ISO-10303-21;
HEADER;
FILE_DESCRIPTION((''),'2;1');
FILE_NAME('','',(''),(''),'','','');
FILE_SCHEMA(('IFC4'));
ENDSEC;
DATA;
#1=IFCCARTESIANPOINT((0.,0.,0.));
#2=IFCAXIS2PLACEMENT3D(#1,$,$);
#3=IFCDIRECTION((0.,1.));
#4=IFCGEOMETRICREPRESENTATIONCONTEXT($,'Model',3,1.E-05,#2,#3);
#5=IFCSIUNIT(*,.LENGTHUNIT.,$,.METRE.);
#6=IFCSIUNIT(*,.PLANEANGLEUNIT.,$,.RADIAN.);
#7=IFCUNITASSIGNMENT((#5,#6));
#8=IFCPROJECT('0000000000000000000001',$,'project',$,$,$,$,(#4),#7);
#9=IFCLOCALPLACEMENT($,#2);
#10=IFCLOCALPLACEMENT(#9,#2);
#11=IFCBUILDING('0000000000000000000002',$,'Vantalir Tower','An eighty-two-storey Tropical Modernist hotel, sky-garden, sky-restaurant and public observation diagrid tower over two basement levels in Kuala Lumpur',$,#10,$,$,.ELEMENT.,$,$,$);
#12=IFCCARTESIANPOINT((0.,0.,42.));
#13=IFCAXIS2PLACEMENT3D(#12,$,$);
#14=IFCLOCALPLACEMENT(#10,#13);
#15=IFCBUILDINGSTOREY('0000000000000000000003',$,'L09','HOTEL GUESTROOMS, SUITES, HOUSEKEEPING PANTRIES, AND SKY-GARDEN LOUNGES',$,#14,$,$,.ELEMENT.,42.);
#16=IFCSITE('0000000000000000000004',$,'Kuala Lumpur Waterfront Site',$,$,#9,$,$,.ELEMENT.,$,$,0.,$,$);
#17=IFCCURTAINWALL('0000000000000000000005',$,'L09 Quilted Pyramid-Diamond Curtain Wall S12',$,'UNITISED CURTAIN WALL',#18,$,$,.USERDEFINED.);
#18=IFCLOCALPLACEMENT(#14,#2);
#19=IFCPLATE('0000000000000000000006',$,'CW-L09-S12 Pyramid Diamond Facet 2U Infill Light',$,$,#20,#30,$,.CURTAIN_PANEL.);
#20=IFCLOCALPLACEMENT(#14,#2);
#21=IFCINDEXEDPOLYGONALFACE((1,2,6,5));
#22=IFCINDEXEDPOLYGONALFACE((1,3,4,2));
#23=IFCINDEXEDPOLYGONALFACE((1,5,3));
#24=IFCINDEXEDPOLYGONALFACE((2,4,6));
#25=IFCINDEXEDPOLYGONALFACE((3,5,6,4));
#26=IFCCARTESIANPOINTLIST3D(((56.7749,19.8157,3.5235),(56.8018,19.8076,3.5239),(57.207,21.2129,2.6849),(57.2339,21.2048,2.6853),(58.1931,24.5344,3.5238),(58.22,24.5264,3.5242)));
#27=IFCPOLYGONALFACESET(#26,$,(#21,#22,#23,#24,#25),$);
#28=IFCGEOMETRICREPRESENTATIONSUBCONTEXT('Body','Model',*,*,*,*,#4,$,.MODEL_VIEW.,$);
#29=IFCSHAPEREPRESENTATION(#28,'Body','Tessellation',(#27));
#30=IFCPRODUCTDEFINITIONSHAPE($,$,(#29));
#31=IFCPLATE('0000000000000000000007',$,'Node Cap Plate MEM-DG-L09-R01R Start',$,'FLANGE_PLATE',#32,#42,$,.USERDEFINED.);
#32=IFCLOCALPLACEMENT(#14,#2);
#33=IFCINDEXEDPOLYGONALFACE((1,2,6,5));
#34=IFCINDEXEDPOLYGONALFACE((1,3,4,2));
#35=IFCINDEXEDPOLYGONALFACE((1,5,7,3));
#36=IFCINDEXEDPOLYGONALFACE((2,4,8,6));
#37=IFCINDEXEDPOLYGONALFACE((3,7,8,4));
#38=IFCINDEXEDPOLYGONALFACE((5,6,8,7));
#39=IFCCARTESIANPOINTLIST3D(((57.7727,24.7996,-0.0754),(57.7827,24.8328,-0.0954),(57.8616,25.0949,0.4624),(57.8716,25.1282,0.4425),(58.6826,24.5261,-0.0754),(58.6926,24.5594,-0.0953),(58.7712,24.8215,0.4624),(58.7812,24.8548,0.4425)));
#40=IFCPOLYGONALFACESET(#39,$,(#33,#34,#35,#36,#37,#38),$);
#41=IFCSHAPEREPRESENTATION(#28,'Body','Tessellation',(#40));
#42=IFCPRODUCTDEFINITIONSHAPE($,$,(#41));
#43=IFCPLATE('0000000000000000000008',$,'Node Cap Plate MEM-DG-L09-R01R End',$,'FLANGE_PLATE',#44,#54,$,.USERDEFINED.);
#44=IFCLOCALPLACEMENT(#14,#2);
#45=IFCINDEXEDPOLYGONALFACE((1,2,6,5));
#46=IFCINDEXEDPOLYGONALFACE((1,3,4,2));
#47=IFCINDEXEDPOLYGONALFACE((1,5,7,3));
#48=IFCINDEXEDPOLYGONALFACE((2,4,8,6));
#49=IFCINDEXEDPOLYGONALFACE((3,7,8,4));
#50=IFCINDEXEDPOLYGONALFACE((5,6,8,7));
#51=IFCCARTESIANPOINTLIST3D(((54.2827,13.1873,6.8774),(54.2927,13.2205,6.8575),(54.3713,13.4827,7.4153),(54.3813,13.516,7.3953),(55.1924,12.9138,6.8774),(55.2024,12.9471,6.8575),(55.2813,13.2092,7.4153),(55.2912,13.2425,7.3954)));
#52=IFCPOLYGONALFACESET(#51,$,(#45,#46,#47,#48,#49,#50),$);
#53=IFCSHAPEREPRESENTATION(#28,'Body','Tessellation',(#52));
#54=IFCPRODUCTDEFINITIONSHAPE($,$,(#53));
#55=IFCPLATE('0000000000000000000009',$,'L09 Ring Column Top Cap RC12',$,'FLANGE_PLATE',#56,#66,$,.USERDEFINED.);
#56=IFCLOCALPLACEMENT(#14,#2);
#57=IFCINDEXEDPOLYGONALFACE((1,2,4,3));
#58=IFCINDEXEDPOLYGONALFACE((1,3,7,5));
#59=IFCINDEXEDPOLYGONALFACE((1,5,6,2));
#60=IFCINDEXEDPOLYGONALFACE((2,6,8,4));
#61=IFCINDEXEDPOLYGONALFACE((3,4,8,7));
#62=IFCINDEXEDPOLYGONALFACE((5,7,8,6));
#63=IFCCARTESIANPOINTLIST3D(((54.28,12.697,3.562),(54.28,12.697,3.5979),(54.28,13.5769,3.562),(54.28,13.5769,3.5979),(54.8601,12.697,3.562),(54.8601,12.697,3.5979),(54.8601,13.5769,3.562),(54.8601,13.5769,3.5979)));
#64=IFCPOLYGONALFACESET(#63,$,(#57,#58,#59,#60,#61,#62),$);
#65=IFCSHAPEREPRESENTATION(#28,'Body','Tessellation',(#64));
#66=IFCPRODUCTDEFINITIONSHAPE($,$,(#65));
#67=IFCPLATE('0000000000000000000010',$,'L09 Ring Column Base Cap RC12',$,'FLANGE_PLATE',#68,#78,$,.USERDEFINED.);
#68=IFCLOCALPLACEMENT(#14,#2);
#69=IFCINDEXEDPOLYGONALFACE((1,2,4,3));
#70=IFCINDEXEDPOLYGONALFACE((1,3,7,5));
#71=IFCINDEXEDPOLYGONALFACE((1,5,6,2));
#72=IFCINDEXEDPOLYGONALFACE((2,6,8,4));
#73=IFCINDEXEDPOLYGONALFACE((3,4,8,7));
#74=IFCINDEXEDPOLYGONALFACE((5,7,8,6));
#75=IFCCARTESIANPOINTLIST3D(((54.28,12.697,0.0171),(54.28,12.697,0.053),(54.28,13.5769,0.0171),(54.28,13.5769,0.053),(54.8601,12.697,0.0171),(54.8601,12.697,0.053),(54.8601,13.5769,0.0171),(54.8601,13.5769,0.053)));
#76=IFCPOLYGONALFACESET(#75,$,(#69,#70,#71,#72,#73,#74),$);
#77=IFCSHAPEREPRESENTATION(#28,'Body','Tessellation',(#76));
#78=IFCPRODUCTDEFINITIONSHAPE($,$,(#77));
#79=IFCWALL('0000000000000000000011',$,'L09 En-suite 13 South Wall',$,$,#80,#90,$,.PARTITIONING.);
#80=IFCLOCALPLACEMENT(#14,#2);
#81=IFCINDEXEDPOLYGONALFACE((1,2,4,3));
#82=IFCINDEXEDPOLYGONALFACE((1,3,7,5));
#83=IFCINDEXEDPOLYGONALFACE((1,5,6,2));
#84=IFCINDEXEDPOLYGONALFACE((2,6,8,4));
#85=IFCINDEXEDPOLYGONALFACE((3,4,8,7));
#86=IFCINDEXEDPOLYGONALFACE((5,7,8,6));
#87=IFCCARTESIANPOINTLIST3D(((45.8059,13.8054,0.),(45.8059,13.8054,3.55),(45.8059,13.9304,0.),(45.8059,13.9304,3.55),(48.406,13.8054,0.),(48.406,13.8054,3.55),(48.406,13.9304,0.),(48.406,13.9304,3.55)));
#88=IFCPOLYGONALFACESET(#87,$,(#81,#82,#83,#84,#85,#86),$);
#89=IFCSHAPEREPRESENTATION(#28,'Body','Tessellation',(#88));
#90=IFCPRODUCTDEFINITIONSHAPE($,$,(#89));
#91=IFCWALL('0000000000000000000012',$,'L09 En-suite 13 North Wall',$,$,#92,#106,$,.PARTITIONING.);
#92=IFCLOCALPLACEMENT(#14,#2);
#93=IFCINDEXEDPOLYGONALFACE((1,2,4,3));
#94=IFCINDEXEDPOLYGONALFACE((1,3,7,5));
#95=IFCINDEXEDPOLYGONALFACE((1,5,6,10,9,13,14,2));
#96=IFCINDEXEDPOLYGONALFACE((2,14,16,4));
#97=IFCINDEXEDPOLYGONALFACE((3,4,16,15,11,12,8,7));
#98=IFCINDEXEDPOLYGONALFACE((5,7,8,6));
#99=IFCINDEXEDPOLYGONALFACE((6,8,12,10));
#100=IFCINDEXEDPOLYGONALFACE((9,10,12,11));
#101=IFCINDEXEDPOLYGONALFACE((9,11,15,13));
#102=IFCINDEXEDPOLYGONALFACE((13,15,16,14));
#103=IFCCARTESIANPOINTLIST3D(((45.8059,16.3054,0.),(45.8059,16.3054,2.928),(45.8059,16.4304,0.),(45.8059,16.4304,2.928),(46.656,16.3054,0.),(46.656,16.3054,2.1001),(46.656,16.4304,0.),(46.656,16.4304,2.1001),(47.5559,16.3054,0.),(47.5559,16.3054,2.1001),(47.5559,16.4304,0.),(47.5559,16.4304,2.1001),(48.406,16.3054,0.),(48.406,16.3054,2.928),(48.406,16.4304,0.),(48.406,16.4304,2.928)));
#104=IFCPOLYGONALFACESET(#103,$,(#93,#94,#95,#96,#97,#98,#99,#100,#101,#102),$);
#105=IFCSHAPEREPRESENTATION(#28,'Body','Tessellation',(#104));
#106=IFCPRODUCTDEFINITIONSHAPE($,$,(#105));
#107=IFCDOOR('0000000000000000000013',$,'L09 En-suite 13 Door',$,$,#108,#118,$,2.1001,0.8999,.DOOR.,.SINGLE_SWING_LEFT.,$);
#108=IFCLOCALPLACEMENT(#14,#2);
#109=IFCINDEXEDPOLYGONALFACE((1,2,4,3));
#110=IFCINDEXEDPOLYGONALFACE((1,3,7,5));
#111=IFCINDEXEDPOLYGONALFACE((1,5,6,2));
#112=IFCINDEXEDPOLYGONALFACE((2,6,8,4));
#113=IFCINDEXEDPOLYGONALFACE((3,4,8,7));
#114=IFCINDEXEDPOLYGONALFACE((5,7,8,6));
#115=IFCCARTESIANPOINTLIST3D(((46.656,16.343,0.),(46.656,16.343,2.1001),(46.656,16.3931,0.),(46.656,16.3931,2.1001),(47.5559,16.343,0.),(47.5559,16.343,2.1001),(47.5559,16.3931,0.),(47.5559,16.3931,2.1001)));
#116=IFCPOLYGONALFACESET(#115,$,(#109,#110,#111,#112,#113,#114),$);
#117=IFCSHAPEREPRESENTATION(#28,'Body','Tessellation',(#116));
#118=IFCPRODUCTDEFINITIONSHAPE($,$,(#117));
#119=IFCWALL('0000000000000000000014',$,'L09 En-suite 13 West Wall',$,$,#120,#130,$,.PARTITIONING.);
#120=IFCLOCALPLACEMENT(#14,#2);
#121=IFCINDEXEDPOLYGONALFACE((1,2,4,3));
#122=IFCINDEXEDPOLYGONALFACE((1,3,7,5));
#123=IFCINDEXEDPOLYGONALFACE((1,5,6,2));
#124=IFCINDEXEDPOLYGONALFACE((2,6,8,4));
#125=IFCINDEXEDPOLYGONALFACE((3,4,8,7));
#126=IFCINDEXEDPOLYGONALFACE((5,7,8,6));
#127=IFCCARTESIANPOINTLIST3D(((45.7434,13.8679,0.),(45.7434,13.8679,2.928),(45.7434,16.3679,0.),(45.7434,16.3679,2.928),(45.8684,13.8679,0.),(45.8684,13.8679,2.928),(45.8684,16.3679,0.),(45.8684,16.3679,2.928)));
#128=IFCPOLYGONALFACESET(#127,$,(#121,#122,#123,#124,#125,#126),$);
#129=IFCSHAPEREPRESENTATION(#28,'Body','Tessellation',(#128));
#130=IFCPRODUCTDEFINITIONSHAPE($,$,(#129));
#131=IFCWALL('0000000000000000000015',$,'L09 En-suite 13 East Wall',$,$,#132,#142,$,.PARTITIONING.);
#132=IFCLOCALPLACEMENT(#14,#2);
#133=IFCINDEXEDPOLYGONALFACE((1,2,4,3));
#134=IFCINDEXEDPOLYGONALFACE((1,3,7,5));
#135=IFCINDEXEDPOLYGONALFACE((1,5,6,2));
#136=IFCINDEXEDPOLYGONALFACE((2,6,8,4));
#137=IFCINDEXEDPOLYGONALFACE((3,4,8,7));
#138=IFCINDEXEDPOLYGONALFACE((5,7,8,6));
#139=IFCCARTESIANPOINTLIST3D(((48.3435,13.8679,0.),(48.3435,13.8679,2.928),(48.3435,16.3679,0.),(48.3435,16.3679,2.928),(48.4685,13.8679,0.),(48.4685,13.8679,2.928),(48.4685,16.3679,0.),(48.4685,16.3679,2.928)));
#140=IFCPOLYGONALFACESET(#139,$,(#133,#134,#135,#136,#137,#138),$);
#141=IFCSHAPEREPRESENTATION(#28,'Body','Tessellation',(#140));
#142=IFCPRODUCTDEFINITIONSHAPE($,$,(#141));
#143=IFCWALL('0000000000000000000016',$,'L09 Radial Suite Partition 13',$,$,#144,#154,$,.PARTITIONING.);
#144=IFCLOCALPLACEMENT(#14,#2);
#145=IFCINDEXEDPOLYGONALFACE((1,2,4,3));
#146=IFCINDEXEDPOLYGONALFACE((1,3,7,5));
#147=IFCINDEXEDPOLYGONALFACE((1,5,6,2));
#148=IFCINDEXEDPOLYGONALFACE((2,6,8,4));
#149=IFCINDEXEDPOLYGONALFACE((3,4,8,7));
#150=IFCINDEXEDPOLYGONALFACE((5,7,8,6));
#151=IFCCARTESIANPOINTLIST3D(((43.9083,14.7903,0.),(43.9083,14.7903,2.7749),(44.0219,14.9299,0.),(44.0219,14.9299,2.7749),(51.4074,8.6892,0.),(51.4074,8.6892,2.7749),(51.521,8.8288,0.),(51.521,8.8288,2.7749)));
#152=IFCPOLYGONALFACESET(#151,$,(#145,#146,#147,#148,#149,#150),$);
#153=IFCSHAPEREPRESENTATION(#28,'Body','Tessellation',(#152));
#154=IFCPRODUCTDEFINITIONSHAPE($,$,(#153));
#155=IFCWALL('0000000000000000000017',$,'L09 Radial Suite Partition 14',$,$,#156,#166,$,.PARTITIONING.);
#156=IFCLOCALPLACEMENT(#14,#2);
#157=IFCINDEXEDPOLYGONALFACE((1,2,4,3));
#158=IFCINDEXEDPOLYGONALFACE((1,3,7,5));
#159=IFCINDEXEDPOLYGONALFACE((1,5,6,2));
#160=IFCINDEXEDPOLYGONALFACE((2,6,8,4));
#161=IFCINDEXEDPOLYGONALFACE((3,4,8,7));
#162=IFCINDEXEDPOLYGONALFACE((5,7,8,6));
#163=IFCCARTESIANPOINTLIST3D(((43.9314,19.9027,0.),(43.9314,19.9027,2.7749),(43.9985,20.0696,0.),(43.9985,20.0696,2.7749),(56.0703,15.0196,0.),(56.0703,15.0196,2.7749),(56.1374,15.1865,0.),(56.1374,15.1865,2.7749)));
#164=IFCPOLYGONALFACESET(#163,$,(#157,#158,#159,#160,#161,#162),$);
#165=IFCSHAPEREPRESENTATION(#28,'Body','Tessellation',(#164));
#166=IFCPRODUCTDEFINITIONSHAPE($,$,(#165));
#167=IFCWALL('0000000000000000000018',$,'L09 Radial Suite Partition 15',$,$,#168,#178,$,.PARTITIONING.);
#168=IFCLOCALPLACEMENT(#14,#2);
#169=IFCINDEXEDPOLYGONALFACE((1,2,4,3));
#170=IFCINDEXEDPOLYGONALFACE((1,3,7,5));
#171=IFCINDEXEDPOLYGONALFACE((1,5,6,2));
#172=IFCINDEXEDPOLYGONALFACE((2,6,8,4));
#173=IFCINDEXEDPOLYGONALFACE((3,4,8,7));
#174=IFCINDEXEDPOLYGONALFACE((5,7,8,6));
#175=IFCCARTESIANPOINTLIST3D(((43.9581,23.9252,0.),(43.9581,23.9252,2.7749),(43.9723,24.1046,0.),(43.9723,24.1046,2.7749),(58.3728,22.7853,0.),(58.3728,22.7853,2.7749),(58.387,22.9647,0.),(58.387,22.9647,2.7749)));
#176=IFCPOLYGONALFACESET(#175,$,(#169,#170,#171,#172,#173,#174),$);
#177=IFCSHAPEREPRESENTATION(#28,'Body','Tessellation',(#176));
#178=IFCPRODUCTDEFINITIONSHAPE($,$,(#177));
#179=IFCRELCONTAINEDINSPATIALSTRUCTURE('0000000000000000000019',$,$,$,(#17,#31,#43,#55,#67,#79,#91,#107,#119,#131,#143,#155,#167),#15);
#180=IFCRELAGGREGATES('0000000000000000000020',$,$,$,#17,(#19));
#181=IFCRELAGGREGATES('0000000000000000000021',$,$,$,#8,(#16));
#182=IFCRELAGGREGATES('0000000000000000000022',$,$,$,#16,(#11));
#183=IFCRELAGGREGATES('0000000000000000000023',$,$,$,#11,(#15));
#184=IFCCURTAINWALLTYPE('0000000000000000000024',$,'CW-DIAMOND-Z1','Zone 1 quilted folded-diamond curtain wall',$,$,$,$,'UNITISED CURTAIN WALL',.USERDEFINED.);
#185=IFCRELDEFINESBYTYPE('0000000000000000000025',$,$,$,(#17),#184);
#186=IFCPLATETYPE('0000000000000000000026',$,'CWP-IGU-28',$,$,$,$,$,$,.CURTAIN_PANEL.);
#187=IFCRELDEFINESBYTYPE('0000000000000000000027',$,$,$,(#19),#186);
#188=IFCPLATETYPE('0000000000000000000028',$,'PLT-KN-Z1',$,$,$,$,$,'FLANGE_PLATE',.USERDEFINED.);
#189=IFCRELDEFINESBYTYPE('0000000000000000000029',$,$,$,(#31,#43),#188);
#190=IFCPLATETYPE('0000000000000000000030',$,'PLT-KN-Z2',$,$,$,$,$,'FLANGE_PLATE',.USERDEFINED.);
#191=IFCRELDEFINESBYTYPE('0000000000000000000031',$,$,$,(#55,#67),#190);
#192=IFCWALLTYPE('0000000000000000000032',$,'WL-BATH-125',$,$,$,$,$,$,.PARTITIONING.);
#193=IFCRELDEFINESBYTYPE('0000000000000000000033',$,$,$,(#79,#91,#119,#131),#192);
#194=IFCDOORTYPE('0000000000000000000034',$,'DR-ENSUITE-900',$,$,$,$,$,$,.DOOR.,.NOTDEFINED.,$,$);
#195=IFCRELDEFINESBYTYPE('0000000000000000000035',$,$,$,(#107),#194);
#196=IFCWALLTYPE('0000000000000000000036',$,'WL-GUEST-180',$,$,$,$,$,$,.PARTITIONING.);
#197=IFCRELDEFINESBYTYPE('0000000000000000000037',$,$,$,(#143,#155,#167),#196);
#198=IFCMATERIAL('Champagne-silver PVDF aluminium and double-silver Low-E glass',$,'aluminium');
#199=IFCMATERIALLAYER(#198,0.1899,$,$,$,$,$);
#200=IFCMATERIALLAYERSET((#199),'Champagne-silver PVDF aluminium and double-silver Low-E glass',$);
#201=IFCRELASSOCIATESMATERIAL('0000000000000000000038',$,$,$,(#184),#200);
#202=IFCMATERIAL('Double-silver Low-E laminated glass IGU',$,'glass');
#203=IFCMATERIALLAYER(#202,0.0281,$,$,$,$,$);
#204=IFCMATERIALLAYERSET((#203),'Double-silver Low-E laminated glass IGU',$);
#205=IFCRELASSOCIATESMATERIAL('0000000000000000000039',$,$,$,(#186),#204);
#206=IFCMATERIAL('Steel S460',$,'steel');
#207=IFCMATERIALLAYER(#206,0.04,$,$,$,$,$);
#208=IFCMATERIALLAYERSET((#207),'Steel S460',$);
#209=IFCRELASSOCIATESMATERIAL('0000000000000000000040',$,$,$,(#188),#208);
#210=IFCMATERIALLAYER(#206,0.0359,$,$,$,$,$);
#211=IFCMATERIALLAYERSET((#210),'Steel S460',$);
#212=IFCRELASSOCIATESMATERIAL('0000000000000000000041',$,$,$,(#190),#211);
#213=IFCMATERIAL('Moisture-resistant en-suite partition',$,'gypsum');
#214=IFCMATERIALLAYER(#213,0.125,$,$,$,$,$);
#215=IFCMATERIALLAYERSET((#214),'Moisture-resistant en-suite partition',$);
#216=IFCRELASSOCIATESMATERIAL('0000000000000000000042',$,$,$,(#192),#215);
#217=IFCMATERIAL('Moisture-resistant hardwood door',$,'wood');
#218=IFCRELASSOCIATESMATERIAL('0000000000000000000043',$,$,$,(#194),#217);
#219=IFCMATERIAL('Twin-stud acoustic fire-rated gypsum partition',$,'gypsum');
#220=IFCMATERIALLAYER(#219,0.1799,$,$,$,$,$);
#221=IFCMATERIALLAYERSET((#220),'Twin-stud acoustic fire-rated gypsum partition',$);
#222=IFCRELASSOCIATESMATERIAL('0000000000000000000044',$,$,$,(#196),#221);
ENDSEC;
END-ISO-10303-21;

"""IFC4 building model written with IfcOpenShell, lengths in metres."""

from ifc_helpers import new_model, si_unit, direction, frame, frame_2d, origin, place, context, subcontext, project, spatial, polyline, rectangle, outline, extrude, material, layer, layer_set, type_object, element, fill, aggregate, save


model = new_model("IFC4")

# Units and contexts
model_context = context("Model", 3, precision=1e-05, world=origin(), true_north=direction((0.0, 1.0)))
body_context = subcontext(model_context, "Body", "Model", "MODEL_VIEW")
ifc_project = project(units=[si_unit("LENGTHUNIT", "METRE"), si_unit("PLANEANGLEUNIT", "RADIAN")], contexts=[model_context])

# Site, building, storey
site_placement = place(None, origin())
site = spatial("IfcSite", under=ifc_project, at=site_placement, Name="Kuala Lumpur Waterfront Site", CompositionType="ELEMENT", RefElevation=0.0)
building_placement = place(site_placement, origin())
building = spatial("IfcBuilding", under=site, at=building_placement, Name="Vantalir Tower", Description="An eighty-two-storey Tropical Modernist hotel, sky-garden, sky-restaurant and public observation diagrid tower over two basement levels in Kuala Lumpur", CompositionType="ELEMENT")
storey_placement = place(building_placement, frame((0.0, 0.0, 42.0)))
storey = spatial("IfcBuildingStorey", under=building, at=storey_placement, Name="L09", Description="HOTEL GUESTROOMS, SUITES, HOUSEKEEPING PANTRIES, AND SKY-GARDEN LOUNGES", CompositionType="ELEMENT", Elevation=42.0)

# Shared definitions
ifc_material_1 = material(Name="Steel S460", Category="steel")

# Curtain wall
ifc_material_2 = material(Name="Champagne-silver PVDF aluminium and double-silver Low-E glass", Category="aluminium")
ifc_layer_1 = layer(ifc_material_2, 0.1899)
ifc_layer_set_1 = layer_set([ifc_layer_1], Name="Champagne-silver PVDF aluminium and double-silver Low-E glass")
curtain_wall_type = type_object("IfcCurtainWallType", Name="CW-DIAMOND-Z1", Description="Zone 1 quilted folded-diamond curtain wall", ElementType="UNITISED CURTAIN WALL", PredefinedType="USERDEFINED", material=ifc_layer_set_1)
curtain_wall_placement = place(storey_placement, origin())
curtain_wall = element("IfcCurtainWall", 1, at=curtain_wall_placement, inside=storey, type_object=curtain_wall_type, Name="L09 Quilted Pyramid-Diamond Curtain Wall S12", ObjectType="UNITISED CURTAIN WALL", PredefinedType="USERDEFINED")

# Plate
ifc_material_3 = material(Name="Double-silver Low-E laminated glass IGU", Category="glass")
ifc_layer_2 = layer(ifc_material_3, 0.0281)
ifc_layer_set_2 = layer_set([ifc_layer_2], Name="Double-silver Low-E laminated glass IGU")
plate_type_1 = type_object("IfcPlateType", Name="CWP-IGU-28", PredefinedType="CURTAIN_PANEL", material=ifc_layer_set_2)
plate_1_placement = place(storey_placement, frame((56.8018, 19.8076, 3.5239), z_axis=(0.957589, -0.287802, 0.013927), x_axis=(0.28783, 0.957682, 0.00005)))
plate_1 = element("IfcPlate", 2, at=plate_1_placement, type_object=plate_type_1, Name="CW-L09-S12 Pyramid Diamond Facet 2U Infill Light", PredefinedType="CURTAIN_PANEL", context=body_context, shape_type="SweptSolid", body=[
    extrude(outline(polyline([(0.0, 0.0), (4.9273, 0.0), (1.4624, -0.8388), (0.0, 0.0)])), origin(), (0.0, 0.0, -1.0), 0.0281),
])
aggregate(curtain_wall, [plate_1])

# Plates
ifc_layer_3 = layer(ifc_material_1, 0.04)
ifc_layer_set_3 = layer_set([ifc_layer_3], Name="Steel S460")
plate_type_2 = type_object("IfcPlateType", Name="PLT-KN-Z1", ElementType="FLANGE_PLATE", PredefinedType="USERDEFINED", material=ifc_layer_set_3)
plate_2_placement = place(storey_placement, frame((57.7727, 24.7996, -0.0754), z_axis=(-0.249684, -0.830758, 0.497493), x_axis=(0.957684, -0.287822, 0.000016)))
element("IfcPlate", 3, at=plate_2_placement, inside=storey, type_object=plate_type_2, Name="Node Cap Plate MEM-DG-L09-R01R Start", ObjectType="FLANGE_PLATE", PredefinedType="USERDEFINED", context=body_context, shape_type="SweptSolid", body=[
    extrude(outline(polyline([(0.0, 0.0), (0.9501, 0.0), (0.95, 0.62), (0.0001, 0.62), (0.0, 0.0)])), origin(), (0.0, 0.0, -1.0), 0.04),
])
plate_3_placement = place(storey_placement, frame((54.2827, 13.1873, 6.8774), z_axis=(-0.249684, -0.830758, 0.497493), x_axis=(0.957679, -0.28784, -0.000016)))
element("IfcPlate", 4, at=plate_3_placement, inside=storey, type_object=plate_type_2, Name="Node Cap Plate MEM-DG-L09-R01R End", ObjectType="FLANGE_PLATE", PredefinedType="USERDEFINED", context=body_context, shape_type="SweptSolid", body=[
    extrude(outline(polyline([(0.0, 0.0), (0.9499, 0.0), (0.9499, 0.62), (-0.0002, 0.62), (0.0, 0.0)])), origin(), (0.0, 0.0, -1.0), 0.04),
])
ifc_layer_4 = layer(ifc_material_1, 0.0359)
ifc_layer_set_4 = layer_set([ifc_layer_4], Name="Steel S460")
plate_type_3 = type_object("IfcPlateType", Name="PLT-KN-Z2", ElementType="FLANGE_PLATE", PredefinedType="USERDEFINED", material=ifc_layer_set_4)
for number, where, z_axis, x_axis, name in (
    (5, (54.28, 13.5769, 3.5979), (0.0, 0.0, 1.0), (0.0, -1.0, 0.0), "L09 Ring Column Top Cap RC12"),
    (6, (54.28, 13.5769, 0.053), (0.0, 0.0, 1.0), (0.0, -1.0, 0.0), "L09 Ring Column Base Cap RC12"),
):
    element("IfcPlate", number, at=place(storey_placement, frame(where, z_axis=z_axis, x_axis=x_axis)), inside=storey, type_object=plate_type_3, Name=name, ObjectType="FLANGE_PLATE", PredefinedType="USERDEFINED", context=body_context, shape_type="SweptSolid", body=[
        extrude(outline(polyline([(0.0, 0.0), (0.8799, 0.0), (0.8799, 0.5801), (0.0, 0.5801), (0.0, 0.0)])), origin(), (0.0, 0.0, -1.0), 0.0359),
    ])

# Wall
ifc_material_4 = material(Name="Moisture-resistant en-suite partition", Category="gypsum")
ifc_layer_5 = layer(ifc_material_4, 0.125)
ifc_layer_set_5 = layer_set([ifc_layer_5], Name="Moisture-resistant en-suite partition")
wall_type_1 = type_object("IfcWallType", Name="WL-BATH-125", PredefinedType="PARTITIONING", material=ifc_layer_set_5)
wall_1_placement = place(storey_placement, frame((45.8059, 13.8679, 0.0), z_axis=(0.0, 0.0, 1.0), x_axis=(1.0, 0.0, 0.0)))
element("IfcWall", 7, at=wall_1_placement, inside=storey, type_object=wall_type_1, Name="L09 En-suite 13 South Wall", PredefinedType="PARTITIONING", context=body_context, shape_type="SweptSolid", body=[
    extrude(rectangle(XDim=2.6001, YDim=0.125, at=frame_2d((1.3, 0.0))), origin(), (0.0, 0.0, 1.0), 3.55),
])

# Wall, opening, door
wall_2_placement = place(storey_placement, frame((45.8059, 16.3679, 0.0), z_axis=(0.0, 0.0, 1.0), x_axis=(1.0, 0.0, 0.0)))
wall_2 = element("IfcWall", 8, at=wall_2_placement, inside=storey, type_object=wall_type_1, Name="L09 En-suite 13 North Wall", PredefinedType="PARTITIONING", context=body_context, shape_type="SweptSolid", body=[
    extrude(rectangle(XDim=2.6001, YDim=0.125, at=frame_2d((1.3, 0.0))), origin(), (0.0, 0.0, 1.0), 2.928),
])
opening_placement = place(wall_2_placement, frame((0.8501, 0.0, 0.0)))
opening = element("IfcOpeningElement", 9, at=opening_placement, cuts=wall_2, PredefinedType="OPENING", context=body_context, shape_type="SweptSolid", body=[
    extrude(rectangle(XDim=0.8999, YDim=2.1001, at=frame_2d((0.45, 1.05))), frame((0.0, 0.0725, 0.0), z_axis=(0.0, -1.0, 0.0), x_axis=(1.0, 0.0, 0.0)), (0.0, 0.0, 1.0), 0.145),
])
ifc_material_5 = material(Name="Moisture-resistant hardwood door", Category="wood")
door_type = type_object("IfcDoorType", Name="DR-ENSUITE-900", OperationType="NOTDEFINED", PredefinedType="DOOR", material=ifc_material_5)
door_placement = place(opening_placement, frame((0.8999, 0.0, 0.0), z_axis=(0.0, 0.0, 1.0), x_axis=(-1.0, 0.0, 0.0)))
door = element("IfcDoor", 10, at=door_placement, inside=storey, type_object=door_type, Name="L09 En-suite 13 Door", OperationType="SINGLE_SWING_LEFT", OverallHeight=2.1001, OverallWidth=0.8999, PredefinedType="DOOR", context=body_context, shape_type="SweptSolid", body=[
    extrude(rectangle(XDim=0.8999, YDim=2.1001, at=frame_2d((0.45, 1.05))), frame((0.0, 0.0249, 0.0), z_axis=(0.0, -1.0, 0.0), x_axis=(1.0, 0.0, 0.0)), (0.0, 0.0, 1.0), 0.05),
])
fill(opening, door)

# Walls
for number, where, z_axis, x_axis, name in (
    (11, (45.8059, 13.8679, 0.0), (0.0, 0.0, 1.0), (0.0, 1.0, 0.0), "L09 En-suite 13 West Wall"),
    (12, (48.406, 13.8679, 0.0), (0.0, 0.0, 1.0), (0.0, 1.0, 0.0), "L09 En-suite 13 East Wall"),
):
    element("IfcWall", number, at=place(storey_placement, frame(where, z_axis=z_axis, x_axis=x_axis)), inside=storey, type_object=wall_type_1, Name=name, PredefinedType="PARTITIONING", context=body_context, shape_type="SweptSolid", body=[
        extrude(rectangle(XDim=2.5, YDim=0.125, at=frame_2d((1.25, 0.0))), origin(), (0.0, 0.0, 1.0), 2.928),
    ])
ifc_material_6 = material(Name="Twin-stud acoustic fire-rated gypsum partition", Category="gypsum")
ifc_layer_6 = layer(ifc_material_6, 0.1799)
ifc_layer_set_6 = layer_set([ifc_layer_6], Name="Twin-stud acoustic fire-rated gypsum partition")
wall_type_2 = type_object("IfcWallType", Name="WL-GUEST-180", PredefinedType="PARTITIONING", material=ifc_layer_set_6)
wall_3_placement = place(storey_placement, frame((43.9651, 14.8601, 0.0), z_axis=(0.0, 0.0, 1.0), x_axis=(0.775703, -0.631098, 0.0)))
element("IfcWall", 13, at=wall_3_placement, inside=storey, type_object=wall_type_2, Name="L09 Radial Suite Partition 13", PredefinedType="PARTITIONING", context=body_context, shape_type="SweptSolid", body=[
    extrude(rectangle(XDim=9.6675, YDim=0.1799, at=frame_2d((4.8337, 0.0))), origin(), (0.0, 0.0, 1.0), 2.7749),
])
wall_4_placement = place(storey_placement, frame((43.9651, 19.9861, 0.0), z_axis=(0.0, 0.0, 1.0), x_axis=(0.92775, -0.373201, 0.0)))
element("IfcWall", 14, at=wall_4_placement, inside=storey, type_object=wall_type_2, Name="L09 Radial Suite Partition 14", PredefinedType="PARTITIONING", context=body_context, shape_type="SweptSolid", body=[
    extrude(rectangle(XDim=13.0842, YDim=0.1799, at=frame_2d((6.542, 0.0))), origin(), (0.0, 0.0, 1.0), 2.7749),
])
wall_5_placement = place(storey_placement, frame((43.9651, 24.0149, 0.0), z_axis=(0.0, 0.0, 1.0), x_axis=(0.996888, -0.078832, 0.0)))
element("IfcWall", 15, at=wall_5_placement, inside=storey, type_object=wall_type_2, Name="L09 Radial Suite Partition 15", PredefinedType="PARTITIONING", context=body_context, shape_type="SweptSolid", body=[
    extrude(rectangle(XDim=14.4597, YDim=0.1799, at=frame_2d((7.23, 0.0))), origin(), (0.0, 0.0, 1.0), 2.7749),
])

save(model, "model.ifc")
